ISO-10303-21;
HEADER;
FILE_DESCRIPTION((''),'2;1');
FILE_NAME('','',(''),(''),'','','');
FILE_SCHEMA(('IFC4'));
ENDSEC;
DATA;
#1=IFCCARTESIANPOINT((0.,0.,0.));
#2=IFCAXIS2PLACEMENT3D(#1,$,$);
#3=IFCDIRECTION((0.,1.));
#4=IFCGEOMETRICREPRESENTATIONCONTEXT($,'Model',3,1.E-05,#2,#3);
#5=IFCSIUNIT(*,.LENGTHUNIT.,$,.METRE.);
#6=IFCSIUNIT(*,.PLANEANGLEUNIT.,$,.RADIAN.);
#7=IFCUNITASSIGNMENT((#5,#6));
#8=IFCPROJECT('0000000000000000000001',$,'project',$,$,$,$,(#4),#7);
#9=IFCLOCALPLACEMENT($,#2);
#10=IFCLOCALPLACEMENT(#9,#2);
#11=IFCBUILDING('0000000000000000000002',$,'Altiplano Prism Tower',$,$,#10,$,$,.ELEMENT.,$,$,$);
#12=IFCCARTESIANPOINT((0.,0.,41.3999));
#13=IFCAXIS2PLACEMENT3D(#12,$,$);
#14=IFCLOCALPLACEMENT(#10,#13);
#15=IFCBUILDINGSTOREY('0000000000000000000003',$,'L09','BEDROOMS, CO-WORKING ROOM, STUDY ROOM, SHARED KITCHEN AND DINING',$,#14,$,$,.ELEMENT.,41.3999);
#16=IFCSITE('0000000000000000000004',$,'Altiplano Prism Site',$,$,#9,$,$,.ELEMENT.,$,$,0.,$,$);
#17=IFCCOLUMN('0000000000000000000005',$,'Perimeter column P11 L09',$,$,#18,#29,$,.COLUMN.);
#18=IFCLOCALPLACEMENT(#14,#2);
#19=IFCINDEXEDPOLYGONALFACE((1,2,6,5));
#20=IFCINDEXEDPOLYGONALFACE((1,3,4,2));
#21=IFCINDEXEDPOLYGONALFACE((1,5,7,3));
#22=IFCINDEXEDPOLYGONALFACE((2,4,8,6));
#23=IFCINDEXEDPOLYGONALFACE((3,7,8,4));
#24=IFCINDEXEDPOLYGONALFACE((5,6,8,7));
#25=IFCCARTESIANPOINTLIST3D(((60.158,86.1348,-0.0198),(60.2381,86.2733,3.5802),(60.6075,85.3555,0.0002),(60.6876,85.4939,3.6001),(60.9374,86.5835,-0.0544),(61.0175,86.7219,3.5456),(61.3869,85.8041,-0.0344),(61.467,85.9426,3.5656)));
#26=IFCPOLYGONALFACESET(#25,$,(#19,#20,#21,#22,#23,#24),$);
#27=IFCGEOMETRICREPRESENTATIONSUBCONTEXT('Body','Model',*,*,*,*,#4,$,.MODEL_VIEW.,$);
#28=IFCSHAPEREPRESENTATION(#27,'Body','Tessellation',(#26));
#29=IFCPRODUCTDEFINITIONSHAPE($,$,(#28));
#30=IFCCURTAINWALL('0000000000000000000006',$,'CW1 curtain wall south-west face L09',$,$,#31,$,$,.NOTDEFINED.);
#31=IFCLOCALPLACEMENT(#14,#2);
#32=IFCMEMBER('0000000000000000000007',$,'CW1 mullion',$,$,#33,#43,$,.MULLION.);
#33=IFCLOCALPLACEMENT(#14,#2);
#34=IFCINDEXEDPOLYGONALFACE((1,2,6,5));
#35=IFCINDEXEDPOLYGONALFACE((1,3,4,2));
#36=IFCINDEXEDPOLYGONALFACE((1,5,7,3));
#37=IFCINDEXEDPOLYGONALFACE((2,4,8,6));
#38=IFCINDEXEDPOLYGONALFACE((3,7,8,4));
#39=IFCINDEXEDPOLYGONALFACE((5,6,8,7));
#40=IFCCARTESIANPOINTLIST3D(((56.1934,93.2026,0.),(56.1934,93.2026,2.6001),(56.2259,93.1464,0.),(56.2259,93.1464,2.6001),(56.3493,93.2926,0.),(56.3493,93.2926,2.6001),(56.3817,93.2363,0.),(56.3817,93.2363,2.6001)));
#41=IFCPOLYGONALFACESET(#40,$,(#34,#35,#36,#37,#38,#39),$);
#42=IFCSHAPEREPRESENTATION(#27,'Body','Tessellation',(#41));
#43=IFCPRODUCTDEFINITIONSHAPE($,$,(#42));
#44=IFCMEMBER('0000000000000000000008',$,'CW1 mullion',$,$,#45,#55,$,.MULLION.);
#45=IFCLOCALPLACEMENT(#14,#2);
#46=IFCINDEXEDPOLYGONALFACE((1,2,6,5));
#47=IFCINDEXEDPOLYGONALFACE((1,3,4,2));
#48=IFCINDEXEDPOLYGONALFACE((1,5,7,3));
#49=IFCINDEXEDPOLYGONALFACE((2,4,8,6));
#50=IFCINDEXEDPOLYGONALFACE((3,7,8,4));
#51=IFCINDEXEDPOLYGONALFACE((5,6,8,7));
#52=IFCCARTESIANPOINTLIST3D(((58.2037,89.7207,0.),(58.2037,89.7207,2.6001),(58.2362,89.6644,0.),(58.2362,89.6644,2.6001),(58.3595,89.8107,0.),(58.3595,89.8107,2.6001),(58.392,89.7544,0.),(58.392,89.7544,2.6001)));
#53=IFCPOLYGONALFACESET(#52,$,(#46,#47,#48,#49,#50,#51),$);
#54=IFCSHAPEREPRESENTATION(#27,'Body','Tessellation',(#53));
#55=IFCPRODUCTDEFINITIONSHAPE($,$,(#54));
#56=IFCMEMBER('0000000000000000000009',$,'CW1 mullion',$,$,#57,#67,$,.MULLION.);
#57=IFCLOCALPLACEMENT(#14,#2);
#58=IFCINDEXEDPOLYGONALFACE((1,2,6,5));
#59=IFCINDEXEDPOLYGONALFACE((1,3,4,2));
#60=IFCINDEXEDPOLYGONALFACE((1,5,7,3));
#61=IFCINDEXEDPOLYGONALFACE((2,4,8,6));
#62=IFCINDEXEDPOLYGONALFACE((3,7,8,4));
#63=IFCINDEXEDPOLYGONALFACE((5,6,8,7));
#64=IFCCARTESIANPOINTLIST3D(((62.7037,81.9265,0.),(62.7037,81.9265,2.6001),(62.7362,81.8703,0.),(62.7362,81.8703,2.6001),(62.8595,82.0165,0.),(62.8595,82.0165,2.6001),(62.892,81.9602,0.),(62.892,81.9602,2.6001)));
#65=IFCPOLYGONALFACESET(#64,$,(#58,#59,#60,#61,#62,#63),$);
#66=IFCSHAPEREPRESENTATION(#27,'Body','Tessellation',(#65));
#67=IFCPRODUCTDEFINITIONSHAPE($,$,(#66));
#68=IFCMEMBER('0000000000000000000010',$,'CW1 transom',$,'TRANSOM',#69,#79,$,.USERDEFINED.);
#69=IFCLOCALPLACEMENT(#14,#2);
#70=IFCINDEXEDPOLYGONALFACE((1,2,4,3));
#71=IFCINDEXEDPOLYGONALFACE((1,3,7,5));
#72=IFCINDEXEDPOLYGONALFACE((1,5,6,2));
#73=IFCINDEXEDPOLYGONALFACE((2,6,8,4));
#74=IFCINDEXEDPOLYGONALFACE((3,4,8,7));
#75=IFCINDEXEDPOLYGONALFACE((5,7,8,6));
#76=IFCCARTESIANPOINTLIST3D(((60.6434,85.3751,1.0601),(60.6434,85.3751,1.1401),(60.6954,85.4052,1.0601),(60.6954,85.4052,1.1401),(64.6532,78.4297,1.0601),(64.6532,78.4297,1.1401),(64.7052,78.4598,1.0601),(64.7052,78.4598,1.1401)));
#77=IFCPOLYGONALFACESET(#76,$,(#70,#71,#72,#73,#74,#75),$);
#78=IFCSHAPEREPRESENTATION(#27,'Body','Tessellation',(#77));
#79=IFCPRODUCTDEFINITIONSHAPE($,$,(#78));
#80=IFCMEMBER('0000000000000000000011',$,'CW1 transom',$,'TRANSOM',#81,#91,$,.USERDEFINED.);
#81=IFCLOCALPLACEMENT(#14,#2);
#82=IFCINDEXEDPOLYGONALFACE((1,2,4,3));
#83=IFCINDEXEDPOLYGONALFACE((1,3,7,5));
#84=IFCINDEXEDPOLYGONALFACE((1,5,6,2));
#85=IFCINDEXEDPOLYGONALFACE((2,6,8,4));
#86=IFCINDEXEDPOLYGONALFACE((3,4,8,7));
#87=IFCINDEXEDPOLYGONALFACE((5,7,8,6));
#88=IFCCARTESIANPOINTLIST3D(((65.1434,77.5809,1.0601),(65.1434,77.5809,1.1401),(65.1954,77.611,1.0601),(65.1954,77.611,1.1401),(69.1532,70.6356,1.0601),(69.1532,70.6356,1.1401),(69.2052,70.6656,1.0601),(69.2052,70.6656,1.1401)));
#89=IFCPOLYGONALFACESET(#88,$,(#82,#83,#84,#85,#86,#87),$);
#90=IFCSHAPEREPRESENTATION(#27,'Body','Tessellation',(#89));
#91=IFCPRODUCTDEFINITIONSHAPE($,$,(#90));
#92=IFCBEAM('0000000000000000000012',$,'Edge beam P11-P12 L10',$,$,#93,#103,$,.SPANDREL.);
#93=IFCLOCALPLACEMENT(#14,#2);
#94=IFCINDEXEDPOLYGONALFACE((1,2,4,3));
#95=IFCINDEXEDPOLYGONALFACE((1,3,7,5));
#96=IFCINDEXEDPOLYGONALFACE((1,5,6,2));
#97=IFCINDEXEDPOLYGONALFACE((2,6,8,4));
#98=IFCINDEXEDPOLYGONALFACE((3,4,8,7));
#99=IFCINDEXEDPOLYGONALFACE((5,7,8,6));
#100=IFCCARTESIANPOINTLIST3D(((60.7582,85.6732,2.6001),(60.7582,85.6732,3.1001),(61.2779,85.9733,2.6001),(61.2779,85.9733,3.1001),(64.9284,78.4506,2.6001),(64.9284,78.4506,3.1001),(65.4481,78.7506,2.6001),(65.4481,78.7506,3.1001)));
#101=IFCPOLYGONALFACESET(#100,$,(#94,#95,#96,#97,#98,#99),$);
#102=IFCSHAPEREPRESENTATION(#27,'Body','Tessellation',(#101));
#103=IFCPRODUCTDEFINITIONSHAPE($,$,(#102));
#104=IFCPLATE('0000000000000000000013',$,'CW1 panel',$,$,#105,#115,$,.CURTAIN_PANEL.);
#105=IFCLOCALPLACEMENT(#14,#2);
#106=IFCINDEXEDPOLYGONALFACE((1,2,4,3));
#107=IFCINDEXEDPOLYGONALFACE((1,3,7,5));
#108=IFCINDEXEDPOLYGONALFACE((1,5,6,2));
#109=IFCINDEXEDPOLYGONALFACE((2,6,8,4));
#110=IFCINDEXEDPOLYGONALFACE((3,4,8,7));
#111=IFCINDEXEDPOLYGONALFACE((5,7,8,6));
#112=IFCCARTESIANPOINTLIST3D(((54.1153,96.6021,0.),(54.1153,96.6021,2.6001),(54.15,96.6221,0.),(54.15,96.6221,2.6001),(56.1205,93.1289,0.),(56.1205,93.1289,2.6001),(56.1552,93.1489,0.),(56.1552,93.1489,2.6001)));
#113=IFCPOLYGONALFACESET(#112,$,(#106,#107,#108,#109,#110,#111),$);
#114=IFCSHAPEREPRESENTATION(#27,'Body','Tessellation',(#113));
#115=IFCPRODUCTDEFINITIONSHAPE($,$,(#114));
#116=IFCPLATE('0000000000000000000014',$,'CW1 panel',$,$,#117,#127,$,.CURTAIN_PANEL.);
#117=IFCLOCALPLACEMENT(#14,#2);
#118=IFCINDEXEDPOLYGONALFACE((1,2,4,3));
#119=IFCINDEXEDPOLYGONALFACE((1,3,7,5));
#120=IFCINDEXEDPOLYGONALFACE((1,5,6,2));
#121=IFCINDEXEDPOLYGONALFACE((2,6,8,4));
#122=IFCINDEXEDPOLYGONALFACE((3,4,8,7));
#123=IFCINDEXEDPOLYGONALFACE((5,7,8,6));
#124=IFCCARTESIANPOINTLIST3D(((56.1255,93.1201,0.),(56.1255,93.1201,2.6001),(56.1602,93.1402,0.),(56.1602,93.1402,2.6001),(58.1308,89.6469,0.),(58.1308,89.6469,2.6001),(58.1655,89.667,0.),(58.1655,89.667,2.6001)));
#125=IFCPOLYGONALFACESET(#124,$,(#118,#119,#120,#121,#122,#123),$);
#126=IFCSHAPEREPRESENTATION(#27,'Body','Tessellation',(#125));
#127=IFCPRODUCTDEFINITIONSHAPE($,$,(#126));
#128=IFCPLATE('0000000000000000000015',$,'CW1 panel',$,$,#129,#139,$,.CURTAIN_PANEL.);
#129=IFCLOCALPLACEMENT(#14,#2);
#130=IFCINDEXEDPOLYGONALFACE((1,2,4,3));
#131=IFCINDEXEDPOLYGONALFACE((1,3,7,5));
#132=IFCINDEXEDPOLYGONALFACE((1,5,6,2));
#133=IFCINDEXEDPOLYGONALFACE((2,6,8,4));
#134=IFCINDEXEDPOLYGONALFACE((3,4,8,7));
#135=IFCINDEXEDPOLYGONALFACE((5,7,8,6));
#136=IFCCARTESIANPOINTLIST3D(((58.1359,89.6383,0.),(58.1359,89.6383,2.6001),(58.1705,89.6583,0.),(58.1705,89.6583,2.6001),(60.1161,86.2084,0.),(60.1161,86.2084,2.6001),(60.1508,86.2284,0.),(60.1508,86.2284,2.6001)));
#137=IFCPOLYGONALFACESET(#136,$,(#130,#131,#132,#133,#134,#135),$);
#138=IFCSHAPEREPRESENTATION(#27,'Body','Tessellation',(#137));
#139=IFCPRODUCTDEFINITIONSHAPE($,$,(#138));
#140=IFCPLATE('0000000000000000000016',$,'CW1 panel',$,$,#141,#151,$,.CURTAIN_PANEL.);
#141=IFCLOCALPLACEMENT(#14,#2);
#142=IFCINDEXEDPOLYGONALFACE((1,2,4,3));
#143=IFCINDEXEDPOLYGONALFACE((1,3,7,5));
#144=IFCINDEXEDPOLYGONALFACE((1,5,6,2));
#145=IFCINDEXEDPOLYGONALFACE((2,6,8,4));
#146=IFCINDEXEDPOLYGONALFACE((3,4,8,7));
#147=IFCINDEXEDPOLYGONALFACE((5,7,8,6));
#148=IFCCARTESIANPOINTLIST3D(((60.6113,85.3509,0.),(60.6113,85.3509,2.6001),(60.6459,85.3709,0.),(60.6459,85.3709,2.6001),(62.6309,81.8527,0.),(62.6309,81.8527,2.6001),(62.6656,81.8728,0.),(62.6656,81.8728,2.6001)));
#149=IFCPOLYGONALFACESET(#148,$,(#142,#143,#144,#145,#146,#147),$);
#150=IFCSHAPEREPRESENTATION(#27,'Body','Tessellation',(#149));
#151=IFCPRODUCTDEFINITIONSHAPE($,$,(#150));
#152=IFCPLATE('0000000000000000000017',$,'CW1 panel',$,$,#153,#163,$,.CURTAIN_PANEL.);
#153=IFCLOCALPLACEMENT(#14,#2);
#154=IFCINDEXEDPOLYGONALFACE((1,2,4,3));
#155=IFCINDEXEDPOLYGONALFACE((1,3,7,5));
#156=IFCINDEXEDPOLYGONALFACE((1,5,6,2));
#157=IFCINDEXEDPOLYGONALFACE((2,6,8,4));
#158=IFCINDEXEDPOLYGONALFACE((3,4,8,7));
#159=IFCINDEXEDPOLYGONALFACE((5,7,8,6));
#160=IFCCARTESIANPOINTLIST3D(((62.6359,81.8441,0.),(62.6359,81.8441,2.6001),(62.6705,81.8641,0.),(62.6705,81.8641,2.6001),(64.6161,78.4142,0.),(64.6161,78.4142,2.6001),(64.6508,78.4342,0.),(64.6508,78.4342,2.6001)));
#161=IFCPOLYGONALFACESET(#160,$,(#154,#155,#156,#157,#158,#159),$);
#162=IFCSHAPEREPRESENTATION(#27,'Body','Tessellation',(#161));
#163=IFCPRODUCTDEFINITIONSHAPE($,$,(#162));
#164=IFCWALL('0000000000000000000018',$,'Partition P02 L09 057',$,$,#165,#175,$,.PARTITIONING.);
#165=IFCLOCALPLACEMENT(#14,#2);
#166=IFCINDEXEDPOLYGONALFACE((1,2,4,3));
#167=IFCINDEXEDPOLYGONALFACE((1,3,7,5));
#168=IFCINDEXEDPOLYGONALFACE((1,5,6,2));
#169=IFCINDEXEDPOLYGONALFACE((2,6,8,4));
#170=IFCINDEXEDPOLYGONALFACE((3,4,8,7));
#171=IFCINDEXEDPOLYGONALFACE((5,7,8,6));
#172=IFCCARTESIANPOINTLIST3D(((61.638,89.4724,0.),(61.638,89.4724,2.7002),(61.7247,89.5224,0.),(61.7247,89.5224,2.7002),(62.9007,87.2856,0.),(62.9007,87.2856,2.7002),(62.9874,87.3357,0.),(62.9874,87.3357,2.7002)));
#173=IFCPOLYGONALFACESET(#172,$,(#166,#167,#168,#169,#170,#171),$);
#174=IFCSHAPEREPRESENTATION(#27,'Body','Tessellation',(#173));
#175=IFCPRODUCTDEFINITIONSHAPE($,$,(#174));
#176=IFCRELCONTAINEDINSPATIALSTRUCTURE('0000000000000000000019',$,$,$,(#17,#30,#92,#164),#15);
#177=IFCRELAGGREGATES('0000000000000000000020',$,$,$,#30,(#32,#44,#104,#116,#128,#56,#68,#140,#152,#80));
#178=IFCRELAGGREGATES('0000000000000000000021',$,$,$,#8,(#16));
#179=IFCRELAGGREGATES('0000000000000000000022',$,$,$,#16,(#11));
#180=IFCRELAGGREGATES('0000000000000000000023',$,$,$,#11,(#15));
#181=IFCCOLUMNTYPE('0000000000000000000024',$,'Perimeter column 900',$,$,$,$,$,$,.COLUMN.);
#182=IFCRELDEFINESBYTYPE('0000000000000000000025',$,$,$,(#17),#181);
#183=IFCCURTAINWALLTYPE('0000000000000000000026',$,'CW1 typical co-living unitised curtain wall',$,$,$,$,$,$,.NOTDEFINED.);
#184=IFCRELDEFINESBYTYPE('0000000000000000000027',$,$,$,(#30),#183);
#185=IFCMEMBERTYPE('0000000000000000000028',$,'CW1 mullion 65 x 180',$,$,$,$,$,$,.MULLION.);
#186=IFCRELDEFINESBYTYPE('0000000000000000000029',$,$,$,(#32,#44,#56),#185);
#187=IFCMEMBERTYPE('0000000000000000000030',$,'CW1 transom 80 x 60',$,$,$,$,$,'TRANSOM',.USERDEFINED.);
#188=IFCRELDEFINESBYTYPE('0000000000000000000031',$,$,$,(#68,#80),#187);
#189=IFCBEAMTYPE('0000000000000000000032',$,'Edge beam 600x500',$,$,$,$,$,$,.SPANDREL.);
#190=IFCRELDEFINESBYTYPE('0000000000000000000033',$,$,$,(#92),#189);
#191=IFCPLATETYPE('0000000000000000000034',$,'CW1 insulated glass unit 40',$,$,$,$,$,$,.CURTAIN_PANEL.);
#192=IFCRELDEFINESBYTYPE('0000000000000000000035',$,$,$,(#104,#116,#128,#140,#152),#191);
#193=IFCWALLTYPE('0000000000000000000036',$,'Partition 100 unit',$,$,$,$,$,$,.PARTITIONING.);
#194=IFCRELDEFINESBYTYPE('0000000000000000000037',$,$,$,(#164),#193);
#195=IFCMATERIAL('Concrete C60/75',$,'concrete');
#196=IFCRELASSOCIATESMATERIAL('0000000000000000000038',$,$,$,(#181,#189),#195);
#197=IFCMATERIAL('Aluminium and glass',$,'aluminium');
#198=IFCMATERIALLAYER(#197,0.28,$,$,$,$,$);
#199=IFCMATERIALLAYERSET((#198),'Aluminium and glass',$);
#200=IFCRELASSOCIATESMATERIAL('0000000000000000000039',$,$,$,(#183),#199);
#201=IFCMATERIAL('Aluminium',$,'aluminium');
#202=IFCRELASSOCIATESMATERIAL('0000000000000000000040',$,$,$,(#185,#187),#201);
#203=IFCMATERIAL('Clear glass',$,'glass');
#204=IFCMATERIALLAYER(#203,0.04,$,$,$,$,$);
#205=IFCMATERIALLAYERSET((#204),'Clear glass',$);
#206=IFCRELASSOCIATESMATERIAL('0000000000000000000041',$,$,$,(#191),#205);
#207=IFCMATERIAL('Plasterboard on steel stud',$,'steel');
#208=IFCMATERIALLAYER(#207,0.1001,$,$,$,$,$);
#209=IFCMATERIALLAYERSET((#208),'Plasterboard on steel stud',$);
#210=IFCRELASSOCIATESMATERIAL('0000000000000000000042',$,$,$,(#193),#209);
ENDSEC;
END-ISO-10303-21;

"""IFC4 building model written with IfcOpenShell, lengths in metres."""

from ifc_helpers import new_model, si_unit, direction, frame, frame_2d, origin, origin_2d, place, context, subcontext, project, spatial, rectangle, extrude, material, layer, layer_set, material_profile, profile_set, type_object, element, aggregate, save


model = new_model("IFC4")

# Units and contexts
model_context = context("Model", 3, precision=1e-05, world=origin(), true_north=direction((0.0, 1.0)))
body_context = subcontext(model_context, "Body", "Model", "MODEL_VIEW")
ifc_project = project(units=[si_unit("LENGTHUNIT", "METRE"), si_unit("PLANEANGLEUNIT", "RADIAN")], contexts=[model_context])

# Site, building, storey
site_placement = place(None, origin())
site = spatial("IfcSite", under=ifc_project, at=site_placement, Name="Altiplano Prism Site", CompositionType="ELEMENT", RefElevation=0.0)
building_placement = place(site_placement, origin())
building = spatial("IfcBuilding", under=site, at=building_placement, Name="Altiplano Prism Tower", CompositionType="ELEMENT")
storey_placement = place(building_placement, frame((0.0, 0.0, 41.3999)))
storey = spatial("IfcBuildingStorey", under=building, at=storey_placement, Name="L09", Description="BEDROOMS, CO-WORKING ROOM, STUDY ROOM, SHARED KITCHEN AND DINING", CompositionType="ELEMENT", Elevation=41.3999)

# Column
ifc_material_1 = material(Name="Concrete C60/75", Category="concrete")
ifc_material_profile_1 = material_profile(ifc_material_1, rectangle(XDim=0.8999, YDim=0.8999, at=origin_2d()), Name="Perimeter column 900")
ifc_profile_set_1 = profile_set([ifc_material_profile_1], Name="Concrete C60/75")
column_type = type_object("IfcColumnType", Name="Perimeter column 900", PredefinedType="COLUMN", material=ifc_profile_set_1)
column_placement = place(storey_placement, frame((60.7725, 85.9695, -0.0271), z_axis=(0.022223, 0.038416, 0.999015), x_axis=(-0.866024, -0.498523, 0.038435)))
element("IfcColumn", 1, at=column_placement, inside=storey, type_object=column_type, Name="Perimeter column P11 L09", PredefinedType="COLUMN", context=body_context, shape_type="SweptSolid", body=[
    extrude(rectangle(XDim=0.8999, YDim=0.8999, at=origin_2d()), origin(), (0.0, 0.0, 1.0), 3.6035),
])

# Curtain wall, members
ifc_material_2 = material(Name="Aluminium and glass", Category="aluminium")
ifc_layer_1 = layer(ifc_material_2, 0.28)
ifc_layer_set_1 = layer_set([ifc_layer_1], Name="Aluminium and glass")
curtain_wall_type = type_object("IfcCurtainWallType", Name="CW1 typical co-living unitised curtain wall", PredefinedType="NOTDEFINED", material=ifc_layer_set_1)
curtain_wall_placement = place(storey_placement, origin())
curtain_wall = element("IfcCurtainWall", 2, at=curtain_wall_placement, inside=storey, type_object=curtain_wall_type, Name="CW1 curtain wall south-west face L09", PredefinedType="NOTDEFINED")
ifc_material_3 = material(Name="Aluminium", Category="aluminium")
ifc_material_profile_2 = material_profile(ifc_material_3, rectangle(XDim=0.1799, YDim=0.0649, at=origin_2d()), Name="CW1 mullion 65 x 180")
ifc_profile_set_2 = profile_set([ifc_material_profile_2], Name="Aluminium")
member_type_1 = type_object("IfcMemberType", Name="CW1 mullion 65 x 180", PredefinedType="MULLION", material=ifc_profile_set_2)
member_1_placement = place(storey_placement, frame((56.2876, 93.2195, 0.0), z_axis=(0.0, 0.0, 1.0), x_axis=(0.866025, 0.5, 0.0)))
member_1 = element("IfcMember", 3, at=member_1_placement, type_object=member_type_1, Name="CW1 mullion", PredefinedType="MULLION", context=body_context, shape_type="SweptSolid", body=[
    extrude(rectangle(XDim=0.1799, YDim=0.0649, at=origin_2d()), origin(), (0.0, 0.0, 1.0), 2.6001),
])
member_2_placement = place(storey_placement, frame((58.2979, 89.7375, 0.0), z_axis=(0.0, 0.0, 1.0), x_axis=(0.866025, 0.5, 0.0)))
member_2 = element("IfcMember", 4, at=member_2_placement, type_object=member_type_1, Name="CW1 mullion", PredefinedType="MULLION", context=body_context, shape_type="SweptSolid", body=[
    extrude(rectangle(XDim=0.1799, YDim=0.0649, at=origin_2d()), origin(), (0.0, 0.0, 1.0), 2.6001),
])
member_3_placement = place(storey_placement, frame((62.7979, 81.9434, 0.0), z_axis=(0.0, 0.0, 1.0), x_axis=(0.866025, 0.5, 0.0)))
member_3 = element("IfcMember", 5, at=member_3_placement, type_object=member_type_1, Name="CW1 mullion", PredefinedType="MULLION", context=body_context, shape_type="SweptSolid", body=[
    extrude(rectangle(XDim=0.1799, YDim=0.0649, at=origin_2d()), origin(), (0.0, 0.0, 1.0), 2.6001),
])
ifc_material_profile_3 = material_profile(ifc_material_3, rectangle(XDim=0.0601, YDim=0.0801, at=origin_2d()), Name="CW1 transom 80 x 60")
ifc_profile_set_3 = profile_set([ifc_material_profile_3], Name="Aluminium")
member_type_2 = type_object("IfcMemberType", Name="CW1 transom 80 x 60", ElementType="TRANSOM", PredefinedType="USERDEFINED", material=ifc_profile_set_3)
member_4_placement = place(storey_placement, frame((60.6694, 85.3901, 1.1001), z_axis=(0.499989, -0.866031, 0.0), x_axis=(0.866031, 0.499989, 0.0)))
member_4 = element("IfcMember", 6, at=member_4_placement, type_object=member_type_2, Name="CW1 transom", ObjectType="TRANSOM", PredefinedType="USERDEFINED", context=body_context, shape_type="SweptSolid", body=[
    extrude(rectangle(XDim=0.0601, YDim=0.0801, at=origin_2d()), origin(), (0.0, 0.0, 1.0), 8.0198),
])
member_5_placement = place(storey_placement, frame((65.1694, 77.5959, 1.1001), z_axis=(0.499989, -0.866031, 0.0), x_axis=(0.866031, 0.499989, 0.0)))
member_5 = element("IfcMember", 7, at=member_5_placement, type_object=member_type_2, Name="CW1 transom", ObjectType="TRANSOM", PredefinedType="USERDEFINED", context=body_context, shape_type="SweptSolid", body=[
    extrude(rectangle(XDim=0.0601, YDim=0.0801, at=origin_2d()), origin(), (0.0, 0.0, 1.0), 8.0198),
])

# Beam
ifc_material_profile_4 = material_profile(ifc_material_1, rectangle(XDim=0.6001, YDim=0.5, at=origin_2d()), Name="Edge beam 600x500")
ifc_profile_set_4 = profile_set([ifc_material_profile_4], Name="Concrete C60/75")
beam_type = type_object("IfcBeamType", Name="Edge beam 600x500", PredefinedType="SPANDREL", material=ifc_profile_set_4)
beam_placement = place(storey_placement, frame((61.0181, 85.8232, 2.8501), z_axis=(0.500015, -0.866017, 0.0), x_axis=(0.866017, 0.500015, 0.0)))
element("IfcBeam", 8, at=beam_placement, inside=storey, type_object=beam_type, Name="Edge beam P11-P12 L10", PredefinedType="SPANDREL", context=body_context, shape_type="SweptSolid", body=[
    extrude(rectangle(XDim=0.6001, YDim=0.5, at=origin_2d()), origin(), (0.0, 0.0, 1.0), 8.3401),
])

# Plates
ifc_material_4 = material(Name="Clear glass", Category="glass")
ifc_layer_2 = layer(ifc_material_4, 0.04)
ifc_layer_set_2 = layer_set([ifc_layer_2], Name="Clear glass")
plate_type = type_object("IfcPlateType", Name="CW1 insulated glass unit 40", PredefinedType="CURTAIN_PANEL", material=ifc_layer_set_2)
plate_1_placement = place(storey_placement, frame((55.1353, 94.8755, 0.0), z_axis=(0.0, 0.0, 1.0), x_axis=(0.5, -0.866025, 0.0)))
plate_1 = element("IfcPlate", 9, at=plate_1_placement, type_object=plate_type, Name="CW1 panel", PredefinedType="CURTAIN_PANEL", context=body_context, shape_type="SweptSolid", body=[
    extrude(rectangle(XDim=4.0105, YDim=0.04, at=origin_2d()), origin(), (0.0, 0.0, 1.0), 2.6001),
])
plate_2_placement = place(storey_placement, frame((57.1455, 91.3936, 0.0), z_axis=(0.0, 0.0, 1.0), x_axis=(0.5, -0.866025, 0.0)))
plate_2 = element("IfcPlate", 10, at=plate_2_placement, type_object=plate_type, Name="CW1 panel", PredefinedType="CURTAIN_PANEL", context=body_context, shape_type="SweptSolid", body=[
    extrude(rectangle(XDim=4.0105, YDim=0.04, at=origin_2d()), origin(), (0.0, 0.0, 1.0), 2.6001),
])
plate_3_placement = place(storey_placement, frame((59.1433, 87.9333, 0.0), z_axis=(0.0, 0.0, 1.0), x_axis=(0.5, -0.866025, 0.0)))
plate_3 = element("IfcPlate", 11, at=plate_3_placement, type_object=plate_type, Name="CW1 panel", PredefinedType="CURTAIN_PANEL", context=body_context, shape_type="SweptSolid", body=[
    extrude(rectangle(XDim=3.9604, YDim=0.04, at=origin_2d()), origin(), (0.0, 0.0, 1.0), 2.6001),
])
plate_4_placement = place(storey_placement, frame((61.6384, 83.6118, 0.0), z_axis=(0.0, 0.0, 1.0), x_axis=(0.5, -0.866025, 0.0)))
plate_4 = element("IfcPlate", 12, at=plate_4_placement, type_object=plate_type, Name="CW1 panel", PredefinedType="CURTAIN_PANEL", context=body_context, shape_type="SweptSolid", body=[
    extrude(rectangle(XDim=4.0393, YDim=0.04, at=origin_2d()), origin(), (0.0, 0.0, 1.0), 2.6001),
])
plate_5_placement = place(storey_placement, frame((63.6433, 80.1392, 0.0), z_axis=(0.0, 0.0, 1.0), x_axis=(0.5, -0.866025, 0.0)))
plate_5 = element("IfcPlate", 13, at=plate_5_placement, type_object=plate_type, Name="CW1 panel", PredefinedType="CURTAIN_PANEL", context=body_context, shape_type="SweptSolid", body=[
    extrude(rectangle(XDim=3.9604, YDim=0.04, at=origin_2d()), origin(), (0.0, 0.0, 1.0), 2.6001),
])
aggregate(curtain_wall, [member_1, member_2, plate_1, plate_2, plate_3, member_3, member_4, plate_4, plate_5, member_5])

# Wall
ifc_material_5 = material(Name="Plasterboard on steel stud", Category="steel")
ifc_layer_3 = layer(ifc_material_5, 0.1001)
ifc_layer_set_3 = layer_set([ifc_layer_3], Name="Plasterboard on steel stud")
wall_type_1 = type_object("IfcWallType", Name="Partition 100 unit", PredefinedType="PARTITIONING", material=ifc_layer_set_3)
wall_1_placement = place(storey_placement, frame((62.9441, 87.3105, 0.0), z_axis=(0.0, 0.0, 1.0), x_axis=(-0.500049, 0.865997, 0.0)))
element("IfcWall", 14, at=wall_1_placement, inside=storey, type_object=wall_type_1, Name="Partition P02 L09 057", PredefinedType="PARTITIONING", context=body_context, shape_type="SweptSolid", body=[
    extrude(rectangle(XDim=2.5251, YDim=0.1001, at=frame_2d((1.2627, 0.0))), origin(), (0.0, 0.0, 1.0), 2.7002),
])

save(model, "model.ifc")
